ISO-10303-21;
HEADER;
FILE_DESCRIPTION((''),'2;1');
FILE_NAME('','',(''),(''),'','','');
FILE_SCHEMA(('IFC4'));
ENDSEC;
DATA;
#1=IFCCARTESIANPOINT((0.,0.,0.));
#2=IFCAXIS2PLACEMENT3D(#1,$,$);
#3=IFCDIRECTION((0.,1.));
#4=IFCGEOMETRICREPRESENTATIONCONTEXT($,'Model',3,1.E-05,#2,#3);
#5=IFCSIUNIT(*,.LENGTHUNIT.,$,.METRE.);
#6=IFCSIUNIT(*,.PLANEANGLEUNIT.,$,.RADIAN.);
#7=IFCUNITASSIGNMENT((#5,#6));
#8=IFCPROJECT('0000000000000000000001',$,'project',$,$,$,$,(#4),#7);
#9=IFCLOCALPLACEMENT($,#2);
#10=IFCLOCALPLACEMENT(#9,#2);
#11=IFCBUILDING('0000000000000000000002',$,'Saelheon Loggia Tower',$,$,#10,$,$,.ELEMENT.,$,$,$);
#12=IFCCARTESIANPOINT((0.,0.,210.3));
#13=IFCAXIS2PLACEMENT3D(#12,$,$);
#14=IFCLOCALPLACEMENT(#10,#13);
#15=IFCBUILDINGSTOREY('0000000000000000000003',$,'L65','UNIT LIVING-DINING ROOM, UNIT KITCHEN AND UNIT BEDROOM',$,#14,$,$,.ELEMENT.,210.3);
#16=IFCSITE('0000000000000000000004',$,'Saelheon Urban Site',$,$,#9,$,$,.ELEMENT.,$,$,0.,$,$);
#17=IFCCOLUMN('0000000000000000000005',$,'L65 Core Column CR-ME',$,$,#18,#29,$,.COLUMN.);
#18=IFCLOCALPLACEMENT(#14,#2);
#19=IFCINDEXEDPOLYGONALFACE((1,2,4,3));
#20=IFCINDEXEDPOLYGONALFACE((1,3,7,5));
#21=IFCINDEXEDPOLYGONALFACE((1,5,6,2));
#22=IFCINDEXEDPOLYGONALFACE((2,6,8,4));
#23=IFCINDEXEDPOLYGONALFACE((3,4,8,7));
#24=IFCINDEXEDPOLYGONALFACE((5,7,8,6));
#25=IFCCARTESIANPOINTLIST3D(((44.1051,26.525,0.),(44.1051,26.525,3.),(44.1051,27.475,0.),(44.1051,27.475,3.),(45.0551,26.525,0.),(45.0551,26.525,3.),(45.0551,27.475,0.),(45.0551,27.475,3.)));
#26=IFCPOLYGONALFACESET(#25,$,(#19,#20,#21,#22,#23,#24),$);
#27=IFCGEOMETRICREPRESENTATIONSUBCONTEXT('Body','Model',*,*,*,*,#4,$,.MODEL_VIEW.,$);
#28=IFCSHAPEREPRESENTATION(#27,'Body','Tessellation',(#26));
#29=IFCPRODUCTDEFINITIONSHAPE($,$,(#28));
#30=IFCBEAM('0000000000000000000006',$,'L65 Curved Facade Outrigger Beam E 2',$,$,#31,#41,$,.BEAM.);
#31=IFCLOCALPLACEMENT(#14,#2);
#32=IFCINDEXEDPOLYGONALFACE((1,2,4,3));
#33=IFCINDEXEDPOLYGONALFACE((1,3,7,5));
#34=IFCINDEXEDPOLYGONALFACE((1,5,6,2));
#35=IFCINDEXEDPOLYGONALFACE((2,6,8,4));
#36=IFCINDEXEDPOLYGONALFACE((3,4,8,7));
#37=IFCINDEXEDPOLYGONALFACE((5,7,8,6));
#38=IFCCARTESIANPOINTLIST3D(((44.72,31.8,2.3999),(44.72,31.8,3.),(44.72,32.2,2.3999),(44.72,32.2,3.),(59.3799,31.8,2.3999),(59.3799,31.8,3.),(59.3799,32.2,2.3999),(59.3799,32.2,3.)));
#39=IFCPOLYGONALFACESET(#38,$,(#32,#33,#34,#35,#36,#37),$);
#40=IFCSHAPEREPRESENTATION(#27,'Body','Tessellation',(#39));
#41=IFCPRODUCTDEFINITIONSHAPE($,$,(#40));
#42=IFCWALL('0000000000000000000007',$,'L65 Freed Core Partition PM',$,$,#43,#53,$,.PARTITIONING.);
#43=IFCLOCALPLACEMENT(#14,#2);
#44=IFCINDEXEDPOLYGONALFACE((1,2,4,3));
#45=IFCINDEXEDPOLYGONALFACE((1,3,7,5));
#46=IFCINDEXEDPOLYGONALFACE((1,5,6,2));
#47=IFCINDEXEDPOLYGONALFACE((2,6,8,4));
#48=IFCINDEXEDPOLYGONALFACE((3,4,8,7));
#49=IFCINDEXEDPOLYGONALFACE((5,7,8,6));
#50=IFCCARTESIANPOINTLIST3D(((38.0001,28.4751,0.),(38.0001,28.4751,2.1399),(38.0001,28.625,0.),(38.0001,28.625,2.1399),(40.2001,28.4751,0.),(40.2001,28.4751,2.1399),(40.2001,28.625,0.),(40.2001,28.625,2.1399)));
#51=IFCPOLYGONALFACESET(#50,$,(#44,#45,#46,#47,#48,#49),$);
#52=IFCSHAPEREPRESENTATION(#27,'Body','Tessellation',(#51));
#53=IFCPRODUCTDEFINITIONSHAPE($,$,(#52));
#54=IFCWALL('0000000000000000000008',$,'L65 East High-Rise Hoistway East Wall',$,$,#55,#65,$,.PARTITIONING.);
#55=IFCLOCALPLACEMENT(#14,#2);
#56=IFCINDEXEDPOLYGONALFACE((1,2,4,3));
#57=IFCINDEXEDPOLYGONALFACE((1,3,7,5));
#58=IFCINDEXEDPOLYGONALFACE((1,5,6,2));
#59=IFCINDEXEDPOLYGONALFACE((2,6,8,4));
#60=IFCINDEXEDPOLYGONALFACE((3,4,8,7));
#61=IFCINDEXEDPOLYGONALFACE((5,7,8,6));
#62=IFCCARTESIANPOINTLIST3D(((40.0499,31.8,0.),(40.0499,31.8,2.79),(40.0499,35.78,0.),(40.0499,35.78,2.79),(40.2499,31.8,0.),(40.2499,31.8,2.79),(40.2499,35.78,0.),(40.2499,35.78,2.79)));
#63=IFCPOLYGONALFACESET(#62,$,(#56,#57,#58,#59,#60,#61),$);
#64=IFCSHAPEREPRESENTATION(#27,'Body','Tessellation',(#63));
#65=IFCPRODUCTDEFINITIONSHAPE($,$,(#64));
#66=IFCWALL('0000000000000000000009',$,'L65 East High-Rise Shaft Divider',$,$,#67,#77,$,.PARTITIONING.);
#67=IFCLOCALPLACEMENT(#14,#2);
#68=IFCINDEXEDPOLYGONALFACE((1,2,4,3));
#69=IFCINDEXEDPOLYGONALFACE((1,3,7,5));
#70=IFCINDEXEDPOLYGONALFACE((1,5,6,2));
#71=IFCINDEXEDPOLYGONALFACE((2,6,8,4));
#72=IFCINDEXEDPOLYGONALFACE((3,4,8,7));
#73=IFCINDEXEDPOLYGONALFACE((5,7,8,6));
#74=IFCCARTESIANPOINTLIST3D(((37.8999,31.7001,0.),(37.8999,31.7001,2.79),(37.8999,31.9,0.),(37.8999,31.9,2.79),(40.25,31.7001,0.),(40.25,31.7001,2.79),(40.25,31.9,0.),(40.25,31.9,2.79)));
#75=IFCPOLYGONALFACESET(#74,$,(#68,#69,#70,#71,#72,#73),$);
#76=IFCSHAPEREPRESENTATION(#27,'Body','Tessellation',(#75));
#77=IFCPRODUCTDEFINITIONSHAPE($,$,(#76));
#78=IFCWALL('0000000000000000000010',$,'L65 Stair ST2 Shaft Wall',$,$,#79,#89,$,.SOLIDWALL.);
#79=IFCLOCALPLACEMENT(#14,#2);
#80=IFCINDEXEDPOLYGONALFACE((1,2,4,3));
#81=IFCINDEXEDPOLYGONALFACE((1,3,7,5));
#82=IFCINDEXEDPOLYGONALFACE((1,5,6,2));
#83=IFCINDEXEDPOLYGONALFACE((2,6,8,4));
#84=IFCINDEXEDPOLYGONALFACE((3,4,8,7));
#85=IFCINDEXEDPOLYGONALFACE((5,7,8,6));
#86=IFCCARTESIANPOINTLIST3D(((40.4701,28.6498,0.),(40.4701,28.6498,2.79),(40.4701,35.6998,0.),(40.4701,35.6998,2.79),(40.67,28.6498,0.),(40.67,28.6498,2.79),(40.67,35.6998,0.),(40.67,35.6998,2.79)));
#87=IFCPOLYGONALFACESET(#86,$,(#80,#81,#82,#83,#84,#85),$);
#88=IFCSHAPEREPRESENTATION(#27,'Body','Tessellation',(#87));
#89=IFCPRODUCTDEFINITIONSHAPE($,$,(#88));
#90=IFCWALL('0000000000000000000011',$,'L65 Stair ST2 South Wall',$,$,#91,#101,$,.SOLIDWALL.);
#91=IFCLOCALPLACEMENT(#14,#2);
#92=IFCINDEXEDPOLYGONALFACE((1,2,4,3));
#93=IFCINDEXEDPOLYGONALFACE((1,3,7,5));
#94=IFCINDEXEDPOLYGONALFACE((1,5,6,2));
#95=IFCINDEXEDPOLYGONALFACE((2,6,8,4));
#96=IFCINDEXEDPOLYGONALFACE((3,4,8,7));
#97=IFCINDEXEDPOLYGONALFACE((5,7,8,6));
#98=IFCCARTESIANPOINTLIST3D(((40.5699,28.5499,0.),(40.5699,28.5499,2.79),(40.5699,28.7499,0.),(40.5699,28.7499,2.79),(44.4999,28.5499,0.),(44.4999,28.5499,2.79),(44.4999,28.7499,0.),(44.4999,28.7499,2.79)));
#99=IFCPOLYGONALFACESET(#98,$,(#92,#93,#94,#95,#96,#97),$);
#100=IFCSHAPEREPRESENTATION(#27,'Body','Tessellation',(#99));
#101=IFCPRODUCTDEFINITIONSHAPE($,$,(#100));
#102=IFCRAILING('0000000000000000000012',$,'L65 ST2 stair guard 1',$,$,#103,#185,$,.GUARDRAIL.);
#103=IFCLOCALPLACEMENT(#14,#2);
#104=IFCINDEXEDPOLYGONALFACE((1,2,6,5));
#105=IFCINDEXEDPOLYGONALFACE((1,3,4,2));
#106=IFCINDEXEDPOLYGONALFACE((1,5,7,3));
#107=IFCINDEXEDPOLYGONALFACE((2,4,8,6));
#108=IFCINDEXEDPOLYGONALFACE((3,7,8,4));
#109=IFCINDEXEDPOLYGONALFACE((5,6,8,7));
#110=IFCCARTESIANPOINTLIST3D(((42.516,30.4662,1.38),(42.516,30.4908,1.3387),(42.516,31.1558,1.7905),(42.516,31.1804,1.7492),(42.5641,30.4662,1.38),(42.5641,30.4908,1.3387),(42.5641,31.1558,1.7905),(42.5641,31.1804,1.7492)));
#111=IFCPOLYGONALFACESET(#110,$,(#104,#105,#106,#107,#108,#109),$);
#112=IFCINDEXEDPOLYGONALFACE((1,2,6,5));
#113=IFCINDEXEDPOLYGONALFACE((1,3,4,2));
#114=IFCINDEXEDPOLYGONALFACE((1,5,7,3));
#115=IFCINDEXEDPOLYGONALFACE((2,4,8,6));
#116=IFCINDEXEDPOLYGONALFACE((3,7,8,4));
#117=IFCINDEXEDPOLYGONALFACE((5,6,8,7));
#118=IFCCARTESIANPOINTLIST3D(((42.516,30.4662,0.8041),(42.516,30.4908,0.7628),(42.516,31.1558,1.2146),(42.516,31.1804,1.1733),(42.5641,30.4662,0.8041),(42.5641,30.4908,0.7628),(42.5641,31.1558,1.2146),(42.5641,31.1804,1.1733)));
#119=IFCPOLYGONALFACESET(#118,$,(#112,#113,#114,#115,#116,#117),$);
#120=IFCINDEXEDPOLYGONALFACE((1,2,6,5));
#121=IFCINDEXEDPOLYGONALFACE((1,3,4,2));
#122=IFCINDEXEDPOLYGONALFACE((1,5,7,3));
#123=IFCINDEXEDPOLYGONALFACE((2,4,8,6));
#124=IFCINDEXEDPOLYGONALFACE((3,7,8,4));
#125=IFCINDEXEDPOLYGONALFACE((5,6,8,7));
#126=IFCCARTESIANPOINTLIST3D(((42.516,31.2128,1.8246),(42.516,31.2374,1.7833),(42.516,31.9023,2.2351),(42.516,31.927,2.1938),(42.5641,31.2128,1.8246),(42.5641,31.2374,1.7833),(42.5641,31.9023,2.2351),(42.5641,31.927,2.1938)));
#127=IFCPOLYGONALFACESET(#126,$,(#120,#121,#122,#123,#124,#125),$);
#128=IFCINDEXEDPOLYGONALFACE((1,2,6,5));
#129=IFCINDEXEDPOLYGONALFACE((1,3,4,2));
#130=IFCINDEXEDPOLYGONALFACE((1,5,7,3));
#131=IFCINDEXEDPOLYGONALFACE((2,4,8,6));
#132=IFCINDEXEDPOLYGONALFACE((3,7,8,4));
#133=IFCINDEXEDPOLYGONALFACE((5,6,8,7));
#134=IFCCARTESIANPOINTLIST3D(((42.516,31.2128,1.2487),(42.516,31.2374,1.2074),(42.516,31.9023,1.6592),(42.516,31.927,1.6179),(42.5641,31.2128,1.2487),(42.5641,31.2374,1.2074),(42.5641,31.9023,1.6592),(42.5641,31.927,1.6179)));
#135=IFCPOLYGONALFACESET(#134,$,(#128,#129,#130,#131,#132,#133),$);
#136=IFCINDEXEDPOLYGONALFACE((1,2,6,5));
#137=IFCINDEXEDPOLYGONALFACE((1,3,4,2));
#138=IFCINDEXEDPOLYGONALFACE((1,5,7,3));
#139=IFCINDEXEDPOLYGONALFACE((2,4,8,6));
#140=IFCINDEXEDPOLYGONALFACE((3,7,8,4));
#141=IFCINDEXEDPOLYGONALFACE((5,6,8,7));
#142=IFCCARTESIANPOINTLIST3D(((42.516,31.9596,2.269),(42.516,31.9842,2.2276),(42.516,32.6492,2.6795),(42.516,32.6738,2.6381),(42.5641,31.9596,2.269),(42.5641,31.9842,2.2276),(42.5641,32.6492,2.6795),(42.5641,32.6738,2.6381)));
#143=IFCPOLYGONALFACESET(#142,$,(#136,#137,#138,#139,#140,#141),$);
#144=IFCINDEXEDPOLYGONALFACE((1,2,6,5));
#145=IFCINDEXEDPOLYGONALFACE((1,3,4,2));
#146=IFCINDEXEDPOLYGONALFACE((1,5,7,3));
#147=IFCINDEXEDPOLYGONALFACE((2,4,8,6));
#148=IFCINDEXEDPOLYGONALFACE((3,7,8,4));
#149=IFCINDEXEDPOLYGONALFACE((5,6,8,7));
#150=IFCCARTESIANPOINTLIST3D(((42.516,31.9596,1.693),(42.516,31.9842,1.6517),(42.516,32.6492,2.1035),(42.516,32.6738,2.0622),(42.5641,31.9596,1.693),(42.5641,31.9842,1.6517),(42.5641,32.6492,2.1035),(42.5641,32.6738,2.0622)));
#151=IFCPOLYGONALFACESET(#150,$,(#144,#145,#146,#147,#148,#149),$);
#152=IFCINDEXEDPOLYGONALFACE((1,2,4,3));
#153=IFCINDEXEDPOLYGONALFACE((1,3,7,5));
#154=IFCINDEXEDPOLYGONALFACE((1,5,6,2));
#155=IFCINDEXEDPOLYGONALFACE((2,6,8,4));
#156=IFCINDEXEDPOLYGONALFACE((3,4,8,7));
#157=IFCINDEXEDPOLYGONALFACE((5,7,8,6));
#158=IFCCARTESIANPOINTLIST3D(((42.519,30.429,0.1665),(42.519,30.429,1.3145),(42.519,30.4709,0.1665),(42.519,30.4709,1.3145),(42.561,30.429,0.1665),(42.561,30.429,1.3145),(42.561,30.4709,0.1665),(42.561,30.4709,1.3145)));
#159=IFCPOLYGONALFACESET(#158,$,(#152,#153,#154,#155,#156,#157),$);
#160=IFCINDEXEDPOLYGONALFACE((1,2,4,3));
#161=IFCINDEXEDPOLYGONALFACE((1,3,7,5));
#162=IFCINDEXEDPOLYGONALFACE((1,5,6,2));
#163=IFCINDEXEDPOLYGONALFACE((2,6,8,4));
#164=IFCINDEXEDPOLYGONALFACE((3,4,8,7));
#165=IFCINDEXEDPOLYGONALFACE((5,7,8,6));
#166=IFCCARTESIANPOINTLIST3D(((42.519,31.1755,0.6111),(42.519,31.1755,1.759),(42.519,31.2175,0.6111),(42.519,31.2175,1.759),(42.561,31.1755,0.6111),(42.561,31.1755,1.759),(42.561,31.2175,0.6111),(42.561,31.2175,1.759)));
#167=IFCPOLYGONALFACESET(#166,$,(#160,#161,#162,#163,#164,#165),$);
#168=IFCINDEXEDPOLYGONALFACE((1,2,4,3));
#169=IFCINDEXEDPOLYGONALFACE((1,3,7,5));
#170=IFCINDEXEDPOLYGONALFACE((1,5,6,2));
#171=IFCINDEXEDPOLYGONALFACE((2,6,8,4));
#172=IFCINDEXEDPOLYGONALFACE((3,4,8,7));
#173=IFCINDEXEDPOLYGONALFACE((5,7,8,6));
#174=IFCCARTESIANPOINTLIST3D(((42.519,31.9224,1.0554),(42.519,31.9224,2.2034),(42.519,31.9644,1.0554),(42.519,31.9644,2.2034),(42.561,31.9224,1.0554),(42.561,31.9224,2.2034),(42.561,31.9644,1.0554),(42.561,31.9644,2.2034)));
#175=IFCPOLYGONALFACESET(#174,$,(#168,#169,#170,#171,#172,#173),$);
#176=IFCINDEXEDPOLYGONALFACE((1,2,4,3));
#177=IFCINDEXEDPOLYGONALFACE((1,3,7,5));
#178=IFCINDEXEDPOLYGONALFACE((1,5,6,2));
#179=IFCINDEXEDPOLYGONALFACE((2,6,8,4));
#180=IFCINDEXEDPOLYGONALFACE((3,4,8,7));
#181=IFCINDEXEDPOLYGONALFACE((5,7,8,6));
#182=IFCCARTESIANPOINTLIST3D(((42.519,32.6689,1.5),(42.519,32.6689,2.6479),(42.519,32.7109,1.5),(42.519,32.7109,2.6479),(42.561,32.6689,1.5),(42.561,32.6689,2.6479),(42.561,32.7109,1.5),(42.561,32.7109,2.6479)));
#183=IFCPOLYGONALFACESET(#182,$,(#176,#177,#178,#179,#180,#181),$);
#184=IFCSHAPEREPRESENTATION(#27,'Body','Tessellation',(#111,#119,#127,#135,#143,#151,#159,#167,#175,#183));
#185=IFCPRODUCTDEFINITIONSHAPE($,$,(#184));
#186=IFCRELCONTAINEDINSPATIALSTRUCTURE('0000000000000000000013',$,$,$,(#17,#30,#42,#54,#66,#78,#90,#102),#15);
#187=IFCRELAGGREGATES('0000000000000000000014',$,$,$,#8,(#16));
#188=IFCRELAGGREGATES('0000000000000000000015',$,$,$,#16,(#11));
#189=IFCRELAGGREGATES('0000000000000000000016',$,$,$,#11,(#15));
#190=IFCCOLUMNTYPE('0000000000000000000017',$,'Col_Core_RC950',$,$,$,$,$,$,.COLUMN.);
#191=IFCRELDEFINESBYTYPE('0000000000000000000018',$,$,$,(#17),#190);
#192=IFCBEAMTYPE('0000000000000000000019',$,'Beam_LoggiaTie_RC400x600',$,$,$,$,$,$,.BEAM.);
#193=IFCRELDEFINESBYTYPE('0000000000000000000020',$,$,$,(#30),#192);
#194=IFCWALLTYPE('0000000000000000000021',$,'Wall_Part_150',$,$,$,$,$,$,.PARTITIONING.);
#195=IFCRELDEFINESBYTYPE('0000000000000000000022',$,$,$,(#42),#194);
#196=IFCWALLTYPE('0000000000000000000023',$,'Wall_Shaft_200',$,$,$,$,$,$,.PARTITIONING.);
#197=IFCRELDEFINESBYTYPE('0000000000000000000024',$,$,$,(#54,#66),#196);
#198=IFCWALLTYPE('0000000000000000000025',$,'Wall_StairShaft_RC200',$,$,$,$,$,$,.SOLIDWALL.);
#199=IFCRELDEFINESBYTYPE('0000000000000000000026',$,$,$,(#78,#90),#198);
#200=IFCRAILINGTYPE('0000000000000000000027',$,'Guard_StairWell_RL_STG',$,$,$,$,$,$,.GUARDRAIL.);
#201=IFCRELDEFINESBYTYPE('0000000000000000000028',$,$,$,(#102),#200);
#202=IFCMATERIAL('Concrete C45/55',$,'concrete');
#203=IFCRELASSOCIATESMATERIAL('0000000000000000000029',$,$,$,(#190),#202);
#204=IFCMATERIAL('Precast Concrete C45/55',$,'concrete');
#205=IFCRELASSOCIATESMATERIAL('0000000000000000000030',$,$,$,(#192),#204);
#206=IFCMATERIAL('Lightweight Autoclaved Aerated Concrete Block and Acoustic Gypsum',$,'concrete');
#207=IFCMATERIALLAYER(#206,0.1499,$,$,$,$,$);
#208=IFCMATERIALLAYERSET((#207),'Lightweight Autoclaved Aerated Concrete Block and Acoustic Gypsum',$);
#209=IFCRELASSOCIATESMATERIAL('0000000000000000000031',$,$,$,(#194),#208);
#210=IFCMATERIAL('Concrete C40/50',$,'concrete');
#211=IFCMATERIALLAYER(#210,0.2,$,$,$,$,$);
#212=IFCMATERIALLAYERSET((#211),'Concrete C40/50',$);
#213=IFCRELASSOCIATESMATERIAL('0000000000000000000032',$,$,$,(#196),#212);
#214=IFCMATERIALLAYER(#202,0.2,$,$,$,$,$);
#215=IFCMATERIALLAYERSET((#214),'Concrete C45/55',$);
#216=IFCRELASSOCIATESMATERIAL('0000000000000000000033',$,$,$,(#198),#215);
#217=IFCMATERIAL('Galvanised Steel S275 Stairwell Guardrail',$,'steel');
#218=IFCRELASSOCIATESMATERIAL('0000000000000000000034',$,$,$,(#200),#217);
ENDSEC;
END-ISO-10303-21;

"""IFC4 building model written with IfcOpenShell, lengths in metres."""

from ifc_helpers import new_model, si_unit, direction, frame, frame_2d, origin, origin_2d, place, context, subcontext, project, spatial, rectangle, extrude, source, transform, mapped, material, layer, layer_set, material_profile, profile_set, type_object, element, save


model = new_model("IFC4")

# Units and contexts
model_context = context("Model", 3, precision=1e-05, world=origin(), true_north=direction((0.0, 1.0)))
body_context = subcontext(model_context, "Body", "Model", "MODEL_VIEW")
ifc_project = project(units=[si_unit("LENGTHUNIT", "METRE"), si_unit("PLANEANGLEUNIT", "RADIAN")], contexts=[model_context])

# Site, building, storey
site_placement = place(None, origin())
site = spatial("IfcSite", under=ifc_project, at=site_placement, Name="Saelheon Urban Site", CompositionType="ELEMENT", RefElevation=0.0)
building_placement = place(site_placement, origin())
building = spatial("IfcBuilding", under=site, at=building_placement, Name="Saelheon Loggia Tower", CompositionType="ELEMENT")
storey_placement = place(building_placement, frame((0.0, 0.0, 210.3)))
storey = spatial("IfcBuildingStorey", under=building, at=storey_placement, Name="L65", Description="UNIT LIVING-DINING ROOM, UNIT KITCHEN AND UNIT BEDROOM", CompositionType="ELEMENT", Elevation=210.3)

# Column
ifc_material_1 = material(Name="Concrete C45/55", Category="concrete")
ifc_material_profile_1 = material_profile(ifc_material_1, rectangle(XDim=0.95, YDim=0.95, at=origin_2d()), Name="RC-950x950")
ifc_profile_set_1 = profile_set([ifc_material_profile_1], Name="Concrete C45/55")
column_type = type_object("IfcColumnType", Name="Col_Core_RC950", PredefinedType="COLUMN", material=ifc_profile_set_1)
shared_shape_1 = source(origin(), body_context, "Body", "SweptSolid", [
    extrude(rectangle(XDim=0.95, YDim=0.95, at=origin_2d()), origin(), (0.0, 0.0, 1.0), 3.0),
])
column_placement = place(storey_placement, frame((44.5801, 27.0, 0.0), z_axis=(0.0, 0.0, 1.0), x_axis=(1.0, 0.0, 0.0)))
element("IfcColumn", 1, at=column_placement, inside=storey, type_object=column_type, Name="L65 Core Column CR-ME", PredefinedType="COLUMN", context=body_context, shape_type="MappedRepresentation", body=[
    mapped(shared_shape_1, transform((0.0, 0.0, 0.0), scale=1.0)),
])

# Beam
ifc_material_2 = material(Name="Precast Concrete C45/55", Category="concrete")
ifc_material_profile_2 = material_profile(ifc_material_2, rectangle(XDim=0.3999, YDim=0.6001, at=origin_2d()), Name="RC-400x600")
ifc_profile_set_2 = profile_set([ifc_material_profile_2], Name="Precast Concrete C45/55")
beam_type = type_object("IfcBeamType", Name="Beam_LoggiaTie_RC400x600", PredefinedType="BEAM", material=ifc_profile_set_2)
shared_shape_2 = source(origin(), body_context, "Body", "SweptSolid", [
    extrude(rectangle(XDim=0.3999, YDim=0.6001, at=origin_2d()), origin(), (0.0, 0.0, 1.0), 14.6599),
])
beam_placement = place(storey_placement, frame((44.72, 32.0, 2.7), z_axis=(1.0, 0.0, 0.0), x_axis=(0.0, 1.0, 0.0)))
element("IfcBeam", 2, at=beam_placement, inside=storey, type_object=beam_type, Name="L65 Curved Facade Outrigger Beam E 2", PredefinedType="BEAM", context=body_context, shape_type="MappedRepresentation", body=[
    mapped(shared_shape_2, transform((0.0, 0.0, 0.0), scale=1.0)),
])

# Walls
ifc_material_3 = material(Name="Lightweight Autoclaved Aerated Concrete Block and Acoustic Gypsum", Category="concrete")
ifc_layer_1 = layer(ifc_material_3, 0.1499)
ifc_layer_set_1 = layer_set([ifc_layer_1], Name="Lightweight Autoclaved Aerated Concrete Block and Acoustic Gypsum")
wall_type_1 = type_object("IfcWallType", Name="Wall_Part_150", PredefinedType="PARTITIONING", material=ifc_layer_set_1)
wall_1_placement = place(storey_placement, frame((38.0, 28.55, 0.0), z_axis=(0.0, 0.0, 1.0), x_axis=(1.0, 0.0, 0.0)))
element("IfcWall", 3, at=wall_1_placement, inside=storey, type_object=wall_type_1, Name="L65 Freed Core Partition PM", PredefinedType="PARTITIONING", context=body_context, shape_type="SweptSolid", body=[
    extrude(rectangle(XDim=2.2, YDim=0.1499, at=frame_2d((1.1001, 0.0))), origin(), (0.0, 0.0, 1.0), 2.1399),
])
ifc_material_4 = material(Name="Concrete C40/50", Category="concrete")
ifc_layer_2 = layer(ifc_material_4, 0.2)
ifc_layer_set_2 = layer_set([ifc_layer_2], Name="Concrete C40/50")
wall_type_2 = type_object("IfcWallType", Name="Wall_Shaft_200", PredefinedType="PARTITIONING", material=ifc_layer_set_2)
wall_2_placement = place(storey_placement, frame((40.1499, 31.8, 0.0), z_axis=(0.0, 0.0, 1.0), x_axis=(0.0, 1.0, 0.0)))
element("IfcWall", 4, at=wall_2_placement, inside=storey, type_object=wall_type_2, Name="L65 East High-Rise Hoistway East Wall", PredefinedType="PARTITIONING", context=body_context, shape_type="SweptSolid", body=[
    extrude(rectangle(XDim=3.98, YDim=0.2, at=frame_2d((1.99, 0.0))), origin(), (0.0, 0.0, 1.0), 2.79),
])
wall_3_placement = place(storey_placement, frame((37.8999, 31.8, 0.0), z_axis=(0.0, 0.0, 1.0), x_axis=(1.0, 0.0, 0.0)))
element("IfcWall", 5, at=wall_3_placement, inside=storey, type_object=wall_type_2, Name="L65 East High-Rise Shaft Divider", PredefinedType="PARTITIONING", context=body_context, shape_type="SweptSolid", body=[
    extrude(rectangle(XDim=2.3501, YDim=0.2, at=frame_2d((1.175, 0.0))), origin(), (0.0, 0.0, 1.0), 2.79),
])
ifc_layer_3 = layer(ifc_material_1, 0.2)
ifc_layer_set_3 = layer_set([ifc_layer_3], Name="Concrete C45/55")
wall_type_3 = type_object("IfcWallType", Name="Wall_StairShaft_RC200", PredefinedType="SOLIDWALL", material=ifc_layer_set_3)
wall_4_placement = place(storey_placement, frame((40.5701, 28.6499, 0.0), z_axis=(0.0, 0.0, 1.0), x_axis=(0.0, 1.0, 0.0)))
element("IfcWall", 6, at=wall_4_placement, inside=storey, type_object=wall_type_3, Name="L65 Stair ST2 Shaft Wall", PredefinedType="SOLIDWALL", context=body_context, shape_type="SweptSolid", body=[
    extrude(rectangle(XDim=7.05, YDim=0.2, at=frame_2d((3.5249, 0.0))), origin(), (0.0, 0.0, 1.0), 2.79),
])
wall_5_placement = place(storey_placement, frame((40.5701, 28.6499, 0.0), z_axis=(0.0, 0.0, 1.0), x_axis=(1.0, 0.0, 0.0)))
element("IfcWall", 7, at=wall_5_placement, inside=storey, type_object=wall_type_3, Name="L65 Stair ST2 South Wall", PredefinedType="SOLIDWALL", context=body_context, shape_type="SweptSolid", body=[
    extrude(rectangle(XDim=3.9299, YDim=0.2, at=frame_2d((1.9648, 0.0))), origin(), (0.0, 0.0, 1.0), 2.79),
])

# Railing
ifc_material_5 = material(Name="Galvanised Steel S275 Stairwell Guardrail", Category="steel")
railing_type_1 = type_object("IfcRailingType", Name="Guard_StairWell_RL_STG", PredefinedType="GUARDRAIL", material=ifc_material_5)
railing_1_placement = place(storey_placement, frame((42.54, 30.45, 0.1665)))
element("IfcRailing", 8, at=railing_1_placement, inside=storey, type_object=railing_type_1, Name="L65 ST2 stair guard 1", PredefinedType="GUARDRAIL", context=body_context, shape_type="SweptSolid", body=[
    extrude(rectangle(XDim=0.0481, YDim=0.0481, at=origin_2d()), frame((0.0, 0.0286, 1.1929), z_axis=(0.0, 0.859264, 0.511532), x_axis=(-1.0, 0.0, 0.0)), (0.0, 0.0, 1.0), 0.8025),
    extrude(rectangle(XDim=0.0481, YDim=0.0481, at=origin_2d()), frame((0.0, 0.0286, 0.6169), z_axis=(0.0, 0.859264, 0.511532), x_axis=(-1.0, 0.0, 0.0)), (0.0, 0.0, 1.0), 0.8025),
    extrude(rectangle(XDim=0.0481, YDim=0.0481, at=origin_2d()), frame((0.0, 0.7751, 1.6375), z_axis=(0.0, 0.859264, 0.511532), x_axis=(-1.0, 0.0, 0.0)), (0.0, 0.0, 1.0), 0.8025),
    extrude(rectangle(XDim=0.0481, YDim=0.0481, at=origin_2d()), frame((0.0, 0.7751, 1.0615), z_axis=(0.0, 0.859264, 0.511532), x_axis=(-1.0, 0.0, 0.0)), (0.0, 0.0, 1.0), 0.8025),
    extrude(rectangle(XDim=0.0481, YDim=0.0481, at=origin_2d()), frame((0.0, 1.522, 2.0818), z_axis=(0.0, 0.859264, 0.511532), x_axis=(-1.0, 0.0, 0.0)), (0.0, 0.0, 1.0), 0.8025),
    extrude(rectangle(XDim=0.0481, YDim=0.0481, at=origin_2d()), frame((0.0, 1.522, 1.5059), z_axis=(0.0, 0.859264, 0.511532), x_axis=(-1.0, 0.0, 0.0)), (0.0, 0.0, 1.0), 0.8025),
    extrude(rectangle(XDim=0.042, YDim=0.042, at=origin_2d()), origin(), (0.0, 0.0, 1.0), 1.1479),
    extrude(rectangle(XDim=0.042, YDim=0.042, at=origin_2d()), frame((0.0, 0.7466, 0.4446)), (0.0, 0.0, 1.0), 1.1479),
    extrude(rectangle(XDim=0.042, YDim=0.042, at=origin_2d()), frame((0.0, 1.4934, 0.8889)), (0.0, 0.0, 1.0), 1.1479),
    extrude(rectangle(XDim=0.042, YDim=0.042, at=origin_2d()), frame((0.0, 2.24, 1.3335)), (0.0, 0.0, 1.0), 1.1479),
])

save(model, "model.ifc")
